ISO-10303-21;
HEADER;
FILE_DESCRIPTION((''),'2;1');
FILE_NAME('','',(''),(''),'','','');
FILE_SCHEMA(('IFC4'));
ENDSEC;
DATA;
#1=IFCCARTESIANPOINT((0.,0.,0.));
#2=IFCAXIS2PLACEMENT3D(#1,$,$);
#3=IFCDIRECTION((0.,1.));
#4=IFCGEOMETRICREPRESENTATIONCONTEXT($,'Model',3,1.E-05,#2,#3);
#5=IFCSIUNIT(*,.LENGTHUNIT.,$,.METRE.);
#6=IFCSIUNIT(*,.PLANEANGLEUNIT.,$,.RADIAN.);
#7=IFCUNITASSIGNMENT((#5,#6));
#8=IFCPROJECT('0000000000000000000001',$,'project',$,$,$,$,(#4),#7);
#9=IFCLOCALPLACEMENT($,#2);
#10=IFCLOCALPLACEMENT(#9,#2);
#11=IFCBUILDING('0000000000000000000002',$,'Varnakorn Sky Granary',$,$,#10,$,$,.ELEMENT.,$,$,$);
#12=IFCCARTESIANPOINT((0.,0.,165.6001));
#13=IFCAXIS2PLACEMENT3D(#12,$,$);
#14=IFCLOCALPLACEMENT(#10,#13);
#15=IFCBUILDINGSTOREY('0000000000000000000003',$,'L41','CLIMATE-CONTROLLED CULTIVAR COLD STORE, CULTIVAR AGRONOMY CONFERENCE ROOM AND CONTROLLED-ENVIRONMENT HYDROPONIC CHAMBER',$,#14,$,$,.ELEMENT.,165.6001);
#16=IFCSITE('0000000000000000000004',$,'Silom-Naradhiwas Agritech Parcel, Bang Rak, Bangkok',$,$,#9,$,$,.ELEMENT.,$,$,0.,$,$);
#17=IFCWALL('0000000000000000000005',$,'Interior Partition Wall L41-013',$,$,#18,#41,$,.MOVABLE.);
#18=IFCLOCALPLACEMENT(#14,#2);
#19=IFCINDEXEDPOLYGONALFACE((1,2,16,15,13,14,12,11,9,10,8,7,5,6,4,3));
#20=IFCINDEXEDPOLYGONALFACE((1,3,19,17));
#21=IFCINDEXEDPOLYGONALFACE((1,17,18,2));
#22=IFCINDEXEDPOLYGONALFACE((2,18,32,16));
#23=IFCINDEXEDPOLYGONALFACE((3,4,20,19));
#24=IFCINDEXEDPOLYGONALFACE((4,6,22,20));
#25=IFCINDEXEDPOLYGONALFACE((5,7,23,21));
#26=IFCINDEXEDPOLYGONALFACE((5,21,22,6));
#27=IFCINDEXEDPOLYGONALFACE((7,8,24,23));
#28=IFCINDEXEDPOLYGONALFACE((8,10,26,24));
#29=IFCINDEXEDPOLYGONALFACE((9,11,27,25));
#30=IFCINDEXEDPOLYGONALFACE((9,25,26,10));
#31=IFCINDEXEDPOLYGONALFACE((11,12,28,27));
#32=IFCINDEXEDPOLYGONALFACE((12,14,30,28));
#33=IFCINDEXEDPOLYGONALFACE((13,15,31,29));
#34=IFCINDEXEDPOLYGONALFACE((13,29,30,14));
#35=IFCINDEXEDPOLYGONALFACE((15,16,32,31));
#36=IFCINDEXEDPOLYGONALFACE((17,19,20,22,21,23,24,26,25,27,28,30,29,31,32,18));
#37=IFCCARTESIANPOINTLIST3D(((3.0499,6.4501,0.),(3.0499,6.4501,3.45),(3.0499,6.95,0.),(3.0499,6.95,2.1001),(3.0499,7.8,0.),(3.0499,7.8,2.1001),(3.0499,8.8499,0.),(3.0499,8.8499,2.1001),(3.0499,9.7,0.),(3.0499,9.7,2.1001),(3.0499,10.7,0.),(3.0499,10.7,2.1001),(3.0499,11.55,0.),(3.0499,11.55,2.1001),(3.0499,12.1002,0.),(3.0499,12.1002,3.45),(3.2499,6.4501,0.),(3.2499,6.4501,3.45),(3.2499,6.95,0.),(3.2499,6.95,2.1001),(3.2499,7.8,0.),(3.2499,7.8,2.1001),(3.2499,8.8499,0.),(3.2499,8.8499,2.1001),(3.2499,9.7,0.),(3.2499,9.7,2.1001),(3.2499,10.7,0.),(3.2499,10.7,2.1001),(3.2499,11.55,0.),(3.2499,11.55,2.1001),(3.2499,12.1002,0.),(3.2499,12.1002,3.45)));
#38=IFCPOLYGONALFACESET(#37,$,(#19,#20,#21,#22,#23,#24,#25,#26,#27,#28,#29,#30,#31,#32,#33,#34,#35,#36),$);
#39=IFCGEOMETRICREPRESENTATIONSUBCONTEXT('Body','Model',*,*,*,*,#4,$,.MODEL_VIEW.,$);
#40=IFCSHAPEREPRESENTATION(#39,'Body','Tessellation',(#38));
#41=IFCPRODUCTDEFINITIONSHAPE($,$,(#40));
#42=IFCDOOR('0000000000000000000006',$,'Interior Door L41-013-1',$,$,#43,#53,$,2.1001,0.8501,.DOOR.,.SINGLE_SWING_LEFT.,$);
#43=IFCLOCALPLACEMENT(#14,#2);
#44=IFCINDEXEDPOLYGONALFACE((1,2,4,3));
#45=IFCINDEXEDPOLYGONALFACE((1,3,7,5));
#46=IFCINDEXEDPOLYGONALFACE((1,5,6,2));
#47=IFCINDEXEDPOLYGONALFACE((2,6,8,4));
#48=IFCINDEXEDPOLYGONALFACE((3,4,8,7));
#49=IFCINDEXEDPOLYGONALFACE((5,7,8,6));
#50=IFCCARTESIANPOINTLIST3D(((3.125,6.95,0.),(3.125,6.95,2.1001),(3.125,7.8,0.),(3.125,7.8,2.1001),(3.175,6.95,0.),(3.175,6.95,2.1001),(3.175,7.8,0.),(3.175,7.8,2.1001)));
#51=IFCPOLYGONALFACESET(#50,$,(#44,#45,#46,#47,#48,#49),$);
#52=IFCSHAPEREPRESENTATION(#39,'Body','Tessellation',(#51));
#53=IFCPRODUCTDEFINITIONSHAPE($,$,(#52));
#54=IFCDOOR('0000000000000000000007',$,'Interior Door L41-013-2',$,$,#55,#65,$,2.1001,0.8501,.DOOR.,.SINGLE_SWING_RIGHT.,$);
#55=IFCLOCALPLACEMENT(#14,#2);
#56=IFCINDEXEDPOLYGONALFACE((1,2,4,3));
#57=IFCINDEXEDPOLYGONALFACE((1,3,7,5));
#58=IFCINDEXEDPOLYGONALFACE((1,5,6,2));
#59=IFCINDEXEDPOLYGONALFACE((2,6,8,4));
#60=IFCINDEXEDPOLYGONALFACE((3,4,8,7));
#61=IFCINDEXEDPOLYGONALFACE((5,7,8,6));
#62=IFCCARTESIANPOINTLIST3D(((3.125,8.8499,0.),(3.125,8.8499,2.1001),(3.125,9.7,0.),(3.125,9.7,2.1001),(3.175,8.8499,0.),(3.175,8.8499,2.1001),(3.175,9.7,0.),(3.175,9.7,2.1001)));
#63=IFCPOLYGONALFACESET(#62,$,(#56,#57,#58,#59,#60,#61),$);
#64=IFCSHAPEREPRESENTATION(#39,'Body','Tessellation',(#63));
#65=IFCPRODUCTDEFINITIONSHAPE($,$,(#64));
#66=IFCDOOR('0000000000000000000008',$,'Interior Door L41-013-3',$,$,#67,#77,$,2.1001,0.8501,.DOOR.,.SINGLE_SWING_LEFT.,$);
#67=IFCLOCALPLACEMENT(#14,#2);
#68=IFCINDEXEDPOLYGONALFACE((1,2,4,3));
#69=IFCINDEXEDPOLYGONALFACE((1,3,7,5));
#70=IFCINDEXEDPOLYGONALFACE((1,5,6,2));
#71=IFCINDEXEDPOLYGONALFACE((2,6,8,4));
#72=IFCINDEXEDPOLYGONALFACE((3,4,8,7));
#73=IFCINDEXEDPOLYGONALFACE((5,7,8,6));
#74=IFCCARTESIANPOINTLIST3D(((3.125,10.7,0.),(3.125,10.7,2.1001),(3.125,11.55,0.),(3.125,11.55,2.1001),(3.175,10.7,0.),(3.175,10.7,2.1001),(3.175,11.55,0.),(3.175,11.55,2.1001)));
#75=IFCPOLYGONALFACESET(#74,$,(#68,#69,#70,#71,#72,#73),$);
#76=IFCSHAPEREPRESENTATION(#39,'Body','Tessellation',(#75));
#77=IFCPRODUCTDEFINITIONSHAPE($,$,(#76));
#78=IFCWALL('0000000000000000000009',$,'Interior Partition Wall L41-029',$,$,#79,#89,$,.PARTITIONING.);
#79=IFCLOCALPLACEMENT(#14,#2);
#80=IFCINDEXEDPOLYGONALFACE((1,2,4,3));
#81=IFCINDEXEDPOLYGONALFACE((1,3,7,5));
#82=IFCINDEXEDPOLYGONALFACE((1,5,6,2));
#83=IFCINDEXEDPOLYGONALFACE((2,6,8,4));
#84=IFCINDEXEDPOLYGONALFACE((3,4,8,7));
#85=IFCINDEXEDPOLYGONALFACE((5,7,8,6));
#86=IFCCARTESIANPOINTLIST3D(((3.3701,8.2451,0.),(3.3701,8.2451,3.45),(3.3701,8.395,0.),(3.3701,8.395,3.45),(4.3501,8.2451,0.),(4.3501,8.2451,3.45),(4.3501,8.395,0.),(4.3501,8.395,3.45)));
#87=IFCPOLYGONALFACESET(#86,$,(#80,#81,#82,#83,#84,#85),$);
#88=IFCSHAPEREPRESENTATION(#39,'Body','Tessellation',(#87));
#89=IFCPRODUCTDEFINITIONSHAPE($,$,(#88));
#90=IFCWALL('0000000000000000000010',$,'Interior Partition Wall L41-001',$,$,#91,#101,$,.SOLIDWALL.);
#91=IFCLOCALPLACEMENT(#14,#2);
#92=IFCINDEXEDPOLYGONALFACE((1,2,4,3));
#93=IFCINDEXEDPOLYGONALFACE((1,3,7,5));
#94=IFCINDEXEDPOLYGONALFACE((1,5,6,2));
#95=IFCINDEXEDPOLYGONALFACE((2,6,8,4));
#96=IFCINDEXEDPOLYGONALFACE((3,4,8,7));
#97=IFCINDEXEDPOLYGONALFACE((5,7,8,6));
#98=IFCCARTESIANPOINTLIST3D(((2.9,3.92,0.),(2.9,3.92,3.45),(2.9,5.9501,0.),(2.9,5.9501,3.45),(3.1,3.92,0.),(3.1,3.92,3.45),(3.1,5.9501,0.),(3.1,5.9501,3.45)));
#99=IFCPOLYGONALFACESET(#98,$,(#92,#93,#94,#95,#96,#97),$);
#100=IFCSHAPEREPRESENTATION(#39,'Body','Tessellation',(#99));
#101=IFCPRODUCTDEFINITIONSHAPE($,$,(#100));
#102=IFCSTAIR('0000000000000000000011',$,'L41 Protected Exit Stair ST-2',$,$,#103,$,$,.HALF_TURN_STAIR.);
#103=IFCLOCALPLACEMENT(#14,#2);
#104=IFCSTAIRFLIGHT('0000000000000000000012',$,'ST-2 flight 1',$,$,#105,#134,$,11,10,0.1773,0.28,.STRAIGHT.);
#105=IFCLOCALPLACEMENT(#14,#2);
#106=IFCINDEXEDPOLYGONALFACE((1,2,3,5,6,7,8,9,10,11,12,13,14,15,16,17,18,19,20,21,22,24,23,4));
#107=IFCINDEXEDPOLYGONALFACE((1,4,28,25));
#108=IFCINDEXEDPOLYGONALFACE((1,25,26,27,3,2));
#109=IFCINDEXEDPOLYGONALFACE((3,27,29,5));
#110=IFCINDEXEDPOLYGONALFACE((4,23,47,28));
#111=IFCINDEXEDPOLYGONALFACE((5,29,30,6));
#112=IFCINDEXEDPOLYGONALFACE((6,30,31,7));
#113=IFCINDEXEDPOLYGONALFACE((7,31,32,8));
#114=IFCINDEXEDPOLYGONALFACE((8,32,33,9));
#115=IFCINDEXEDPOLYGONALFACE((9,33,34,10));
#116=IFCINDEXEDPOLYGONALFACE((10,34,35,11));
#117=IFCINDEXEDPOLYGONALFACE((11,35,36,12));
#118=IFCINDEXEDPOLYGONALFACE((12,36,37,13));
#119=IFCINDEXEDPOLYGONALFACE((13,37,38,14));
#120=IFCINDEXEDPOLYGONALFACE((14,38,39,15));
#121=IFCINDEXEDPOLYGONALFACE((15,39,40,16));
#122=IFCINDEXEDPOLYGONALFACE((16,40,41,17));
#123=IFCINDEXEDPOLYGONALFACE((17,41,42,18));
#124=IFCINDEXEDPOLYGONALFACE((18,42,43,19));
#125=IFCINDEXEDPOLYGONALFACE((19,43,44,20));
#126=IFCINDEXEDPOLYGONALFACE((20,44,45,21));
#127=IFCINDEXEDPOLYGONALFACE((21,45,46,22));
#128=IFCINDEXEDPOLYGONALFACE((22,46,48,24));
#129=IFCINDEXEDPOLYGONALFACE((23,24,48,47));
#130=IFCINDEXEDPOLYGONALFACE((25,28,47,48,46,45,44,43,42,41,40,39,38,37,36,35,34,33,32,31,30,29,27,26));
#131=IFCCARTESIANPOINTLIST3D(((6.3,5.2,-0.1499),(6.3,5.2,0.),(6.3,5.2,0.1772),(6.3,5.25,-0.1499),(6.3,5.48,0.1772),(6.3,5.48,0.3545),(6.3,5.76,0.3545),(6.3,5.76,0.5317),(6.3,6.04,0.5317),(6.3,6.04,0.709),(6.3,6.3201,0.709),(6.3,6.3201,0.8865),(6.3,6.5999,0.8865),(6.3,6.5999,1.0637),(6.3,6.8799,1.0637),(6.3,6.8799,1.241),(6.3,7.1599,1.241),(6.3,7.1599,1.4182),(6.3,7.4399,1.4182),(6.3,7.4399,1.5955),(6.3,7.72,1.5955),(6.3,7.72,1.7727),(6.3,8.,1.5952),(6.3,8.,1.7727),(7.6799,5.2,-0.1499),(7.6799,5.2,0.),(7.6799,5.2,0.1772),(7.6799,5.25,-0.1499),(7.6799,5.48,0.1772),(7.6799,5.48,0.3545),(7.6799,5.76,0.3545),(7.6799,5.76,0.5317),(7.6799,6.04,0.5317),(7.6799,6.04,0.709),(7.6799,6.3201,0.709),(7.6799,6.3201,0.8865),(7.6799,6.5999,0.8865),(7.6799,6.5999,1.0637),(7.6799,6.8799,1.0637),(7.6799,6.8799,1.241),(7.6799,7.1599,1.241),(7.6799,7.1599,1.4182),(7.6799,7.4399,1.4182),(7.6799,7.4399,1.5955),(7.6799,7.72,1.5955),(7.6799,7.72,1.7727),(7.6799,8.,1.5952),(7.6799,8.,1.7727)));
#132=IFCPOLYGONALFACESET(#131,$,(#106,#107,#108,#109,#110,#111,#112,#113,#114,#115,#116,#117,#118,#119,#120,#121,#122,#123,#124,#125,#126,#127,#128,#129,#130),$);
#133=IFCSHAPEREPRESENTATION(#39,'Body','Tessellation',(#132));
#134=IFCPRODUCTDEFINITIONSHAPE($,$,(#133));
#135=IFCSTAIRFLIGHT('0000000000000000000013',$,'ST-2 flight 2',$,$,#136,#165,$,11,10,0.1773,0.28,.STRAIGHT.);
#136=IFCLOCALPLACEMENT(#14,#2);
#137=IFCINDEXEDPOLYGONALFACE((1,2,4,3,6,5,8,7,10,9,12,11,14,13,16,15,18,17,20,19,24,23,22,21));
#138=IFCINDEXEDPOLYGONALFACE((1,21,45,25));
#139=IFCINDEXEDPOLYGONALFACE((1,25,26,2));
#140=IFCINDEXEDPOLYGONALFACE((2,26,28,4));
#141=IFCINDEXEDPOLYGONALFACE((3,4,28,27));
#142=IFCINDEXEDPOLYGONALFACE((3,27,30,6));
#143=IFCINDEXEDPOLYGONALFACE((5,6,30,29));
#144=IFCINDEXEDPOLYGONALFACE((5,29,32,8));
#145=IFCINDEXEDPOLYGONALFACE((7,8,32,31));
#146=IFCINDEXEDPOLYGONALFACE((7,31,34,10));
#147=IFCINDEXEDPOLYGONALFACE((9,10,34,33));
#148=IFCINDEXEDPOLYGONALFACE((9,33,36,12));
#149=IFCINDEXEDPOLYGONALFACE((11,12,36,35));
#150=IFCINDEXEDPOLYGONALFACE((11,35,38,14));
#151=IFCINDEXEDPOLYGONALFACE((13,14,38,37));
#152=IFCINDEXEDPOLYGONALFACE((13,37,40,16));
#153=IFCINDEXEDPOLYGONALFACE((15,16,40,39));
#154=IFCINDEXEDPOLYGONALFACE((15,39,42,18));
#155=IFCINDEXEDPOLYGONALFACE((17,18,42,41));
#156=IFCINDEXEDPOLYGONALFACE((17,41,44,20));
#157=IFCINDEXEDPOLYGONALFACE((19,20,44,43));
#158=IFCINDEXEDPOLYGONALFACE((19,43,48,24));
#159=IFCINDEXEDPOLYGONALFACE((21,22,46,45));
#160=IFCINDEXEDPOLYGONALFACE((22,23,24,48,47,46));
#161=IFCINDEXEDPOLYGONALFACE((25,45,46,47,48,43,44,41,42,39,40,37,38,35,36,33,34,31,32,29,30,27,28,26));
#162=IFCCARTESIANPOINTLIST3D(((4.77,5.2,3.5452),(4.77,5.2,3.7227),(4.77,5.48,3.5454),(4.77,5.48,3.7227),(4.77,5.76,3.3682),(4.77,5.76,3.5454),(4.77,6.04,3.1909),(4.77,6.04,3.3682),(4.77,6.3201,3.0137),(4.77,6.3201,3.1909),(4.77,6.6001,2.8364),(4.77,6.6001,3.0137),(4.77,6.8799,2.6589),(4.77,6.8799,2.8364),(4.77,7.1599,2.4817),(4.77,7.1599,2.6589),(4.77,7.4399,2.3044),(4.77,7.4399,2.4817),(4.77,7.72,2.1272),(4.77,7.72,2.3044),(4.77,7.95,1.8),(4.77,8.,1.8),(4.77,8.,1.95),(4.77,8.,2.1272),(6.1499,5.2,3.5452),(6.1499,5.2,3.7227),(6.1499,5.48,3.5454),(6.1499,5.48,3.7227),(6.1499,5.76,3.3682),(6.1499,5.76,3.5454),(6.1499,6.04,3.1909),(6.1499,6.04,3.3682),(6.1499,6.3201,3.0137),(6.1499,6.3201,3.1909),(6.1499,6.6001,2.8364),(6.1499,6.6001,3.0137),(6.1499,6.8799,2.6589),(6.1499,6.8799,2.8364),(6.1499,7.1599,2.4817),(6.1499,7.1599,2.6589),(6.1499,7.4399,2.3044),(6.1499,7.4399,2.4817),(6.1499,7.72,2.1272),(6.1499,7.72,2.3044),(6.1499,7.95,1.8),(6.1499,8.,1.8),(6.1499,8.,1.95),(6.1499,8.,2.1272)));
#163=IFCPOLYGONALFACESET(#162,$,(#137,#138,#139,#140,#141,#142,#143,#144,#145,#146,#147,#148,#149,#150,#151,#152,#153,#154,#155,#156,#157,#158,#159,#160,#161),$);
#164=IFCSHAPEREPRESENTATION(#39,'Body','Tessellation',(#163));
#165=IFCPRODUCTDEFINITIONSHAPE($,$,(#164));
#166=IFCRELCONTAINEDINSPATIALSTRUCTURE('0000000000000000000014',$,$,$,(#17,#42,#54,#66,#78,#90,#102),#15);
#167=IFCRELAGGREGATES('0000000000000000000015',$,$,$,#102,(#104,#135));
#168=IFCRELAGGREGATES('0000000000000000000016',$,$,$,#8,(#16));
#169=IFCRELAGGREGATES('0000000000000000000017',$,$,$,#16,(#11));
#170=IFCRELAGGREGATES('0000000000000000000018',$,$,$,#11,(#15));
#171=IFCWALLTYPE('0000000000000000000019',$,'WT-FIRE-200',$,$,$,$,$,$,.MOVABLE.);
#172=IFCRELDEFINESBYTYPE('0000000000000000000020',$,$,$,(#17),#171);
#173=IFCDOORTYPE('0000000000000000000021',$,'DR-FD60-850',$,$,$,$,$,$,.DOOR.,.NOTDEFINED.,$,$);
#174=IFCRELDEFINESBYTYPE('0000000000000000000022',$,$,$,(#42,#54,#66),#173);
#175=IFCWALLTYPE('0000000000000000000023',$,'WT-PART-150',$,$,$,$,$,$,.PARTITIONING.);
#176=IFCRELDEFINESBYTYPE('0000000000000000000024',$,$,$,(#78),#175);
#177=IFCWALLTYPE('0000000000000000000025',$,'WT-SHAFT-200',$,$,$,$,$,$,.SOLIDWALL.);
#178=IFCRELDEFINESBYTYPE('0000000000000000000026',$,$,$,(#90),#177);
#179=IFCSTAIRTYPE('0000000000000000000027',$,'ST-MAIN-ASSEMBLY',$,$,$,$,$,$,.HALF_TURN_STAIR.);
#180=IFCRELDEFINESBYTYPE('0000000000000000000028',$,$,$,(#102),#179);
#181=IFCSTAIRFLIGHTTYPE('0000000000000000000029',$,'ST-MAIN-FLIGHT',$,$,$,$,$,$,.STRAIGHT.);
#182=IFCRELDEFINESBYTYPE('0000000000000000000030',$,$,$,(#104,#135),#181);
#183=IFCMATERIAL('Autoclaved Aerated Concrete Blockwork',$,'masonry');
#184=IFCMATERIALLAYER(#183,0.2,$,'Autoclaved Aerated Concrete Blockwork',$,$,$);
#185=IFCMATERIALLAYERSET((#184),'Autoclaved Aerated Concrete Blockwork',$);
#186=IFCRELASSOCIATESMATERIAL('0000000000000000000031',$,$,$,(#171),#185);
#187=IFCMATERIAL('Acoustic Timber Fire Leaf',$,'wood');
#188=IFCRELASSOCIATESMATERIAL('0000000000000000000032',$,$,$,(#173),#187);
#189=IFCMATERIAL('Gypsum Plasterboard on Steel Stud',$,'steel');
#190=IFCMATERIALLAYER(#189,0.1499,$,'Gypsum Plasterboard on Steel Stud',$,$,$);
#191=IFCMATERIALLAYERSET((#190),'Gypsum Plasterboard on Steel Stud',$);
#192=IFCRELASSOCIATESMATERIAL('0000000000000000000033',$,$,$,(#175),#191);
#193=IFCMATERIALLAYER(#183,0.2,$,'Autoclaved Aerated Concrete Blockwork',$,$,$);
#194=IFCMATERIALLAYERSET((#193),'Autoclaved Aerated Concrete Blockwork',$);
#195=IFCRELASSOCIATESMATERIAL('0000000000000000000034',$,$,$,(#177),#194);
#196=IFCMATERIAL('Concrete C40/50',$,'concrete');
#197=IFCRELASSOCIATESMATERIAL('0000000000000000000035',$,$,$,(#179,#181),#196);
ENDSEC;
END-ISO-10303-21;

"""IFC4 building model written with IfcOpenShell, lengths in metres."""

from ifc_helpers import new_model, si_unit, direction, frame, frame_2d, origin, place, context, subcontext, project, spatial, polyline, rectangle, outline, extrude, material, layer, layer_set, type_object, element, fill, aggregate, save


model = new_model("IFC4")

# Units and contexts
model_context = context("Model", 3, precision=1e-05, world=origin(), true_north=direction((0.0, 1.0)))
body_context = subcontext(model_context, "Body", "Model", "MODEL_VIEW")
ifc_project = project(units=[si_unit("LENGTHUNIT", "METRE"), si_unit("PLANEANGLEUNIT", "RADIAN")], contexts=[model_context])

# Site, building, storey
site_placement = place(None, origin())
site = spatial("IfcSite", under=ifc_project, at=site_placement, Name="Silom-Naradhiwas Agritech Parcel, Bang Rak, Bangkok", CompositionType="ELEMENT", RefElevation=0.0)
building_placement = place(site_placement, origin())
building = spatial("IfcBuilding", under=site, at=building_placement, Name="Varnakorn Sky Granary", CompositionType="ELEMENT")
storey_placement = place(building_placement, frame((0.0, 0.0, 165.6001)))
storey = spatial("IfcBuildingStorey", under=building, at=storey_placement, Name="L41", Description="CLIMATE-CONTROLLED CULTIVAR COLD STORE, CULTIVAR AGRONOMY CONFERENCE ROOM AND CONTROLLED-ENVIRONMENT HYDROPONIC CHAMBER", CompositionType="ELEMENT", Elevation=165.6001)

# Wall, openings, doors
ifc_material_1 = material(Name="Autoclaved Aerated Concrete Blockwork", Category="masonry")
ifc_layer_1 = layer(ifc_material_1, 0.2, Name="Autoclaved Aerated Concrete Blockwork")
ifc_layer_set_1 = layer_set([ifc_layer_1], Name="Autoclaved Aerated Concrete Blockwork")
wall_type_1 = type_object("IfcWallType", Name="WT-FIRE-200", PredefinedType="MOVABLE", material=ifc_layer_set_1)
wall_1_placement = place(storey_placement, frame((3.1499, 6.45, 0.0), z_axis=(0.0, 0.0, 1.0), x_axis=(0.0, 1.0, 0.0)))
wall_1 = element("IfcWall", 1, at=wall_1_placement, inside=storey, type_object=wall_type_1, Name="Interior Partition Wall L41-013", PredefinedType="MOVABLE", context=body_context, shape_type="SweptSolid", body=[
    extrude(rectangle(XDim=5.6501, YDim=0.2, at=frame_2d((2.8252, 0.0))), origin(), (0.0, 0.0, 1.0), 3.45),
])
opening_1_placement = place(wall_1_placement, frame((0.5, 0.0, 0.0)))
opening_1 = element("IfcOpeningElement", 2, at=opening_1_placement, cuts=wall_1, PredefinedType="OPENING", context=body_context, shape_type="SweptSolid", body=[
    extrude(rectangle(XDim=0.8501, YDim=2.1001, at=frame_2d((0.425, 1.05))), frame((0.0, 0.1099, 0.0), z_axis=(0.0, -1.0, 0.0), x_axis=(1.0, 0.0, 0.0)), (0.0, 0.0, 1.0), 0.22),
])
opening_2_placement = place(wall_1_placement, frame((2.3999, 0.0, 0.0)))
opening_2 = element("IfcOpeningElement", 3, at=opening_2_placement, cuts=wall_1, PredefinedType="OPENING", context=body_context, shape_type="SweptSolid", body=[
    extrude(rectangle(XDim=0.8501, YDim=2.1001, at=frame_2d((0.425, 1.05))), frame((0.0, 0.1099, 0.0), z_axis=(0.0, -1.0, 0.0), x_axis=(1.0, 0.0, 0.0)), (0.0, 0.0, 1.0), 0.22),
])
opening_3_placement = place(wall_1_placement, frame((4.25, 0.0, 0.0)))
opening_3 = element("IfcOpeningElement", 4, at=opening_3_placement, cuts=wall_1, PredefinedType="OPENING", context=body_context, shape_type="SweptSolid", body=[
    extrude(rectangle(XDim=0.8501, YDim=2.1001, at=frame_2d((0.425, 1.05))), frame((0.0, 0.1099, 0.0), z_axis=(0.0, -1.0, 0.0), x_axis=(1.0, 0.0, 0.0)), (0.0, 0.0, 1.0), 0.22),
])
ifc_material_2 = material(Name="Acoustic Timber Fire Leaf", Category="wood")
door_type = type_object("IfcDoorType", Name="DR-FD60-850", OperationType="NOTDEFINED", PredefinedType="DOOR", material=ifc_material_2)
door_1_placement = place(opening_1_placement, origin())
door_1 = element("IfcDoor", 5, at=door_1_placement, inside=storey, type_object=door_type, Name="Interior Door L41-013-1", OperationType="SINGLE_SWING_LEFT", OverallHeight=2.1001, OverallWidth=0.8501, PredefinedType="DOOR", context=body_context, shape_type="SweptSolid", body=[
    extrude(rectangle(XDim=0.8501, YDim=2.1001, at=frame_2d((0.425, 1.05))), frame((0.0, 0.0249, 0.0), z_axis=(0.0, -1.0, 0.0), x_axis=(1.0, 0.0, 0.0)), (0.0, 0.0, 1.0), 0.05),
])
fill(opening_1, door_1)
door_2_placement = place(opening_2_placement, origin())
door_2 = element("IfcDoor", 6, at=door_2_placement, inside=storey, type_object=door_type, Name="Interior Door L41-013-2", OperationType="SINGLE_SWING_RIGHT", OverallHeight=2.1001, OverallWidth=0.8501, PredefinedType="DOOR", context=body_context, shape_type="SweptSolid", body=[
    extrude(rectangle(XDim=0.8501, YDim=2.1001, at=frame_2d((0.425, 1.05))), frame((0.0, 0.0249, 0.0), z_axis=(0.0, -1.0, 0.0), x_axis=(1.0, 0.0, 0.0)), (0.0, 0.0, 1.0), 0.05),
])
fill(opening_2, door_2)
door_3_placement = place(opening_3_placement, origin())
door_3 = element("IfcDoor", 7, at=door_3_placement, inside=storey, type_object=door_type, Name="Interior Door L41-013-3", OperationType="SINGLE_SWING_LEFT", OverallHeight=2.1001, OverallWidth=0.8501, PredefinedType="DOOR", context=body_context, shape_type="SweptSolid", body=[
    extrude(rectangle(XDim=0.8501, YDim=2.1001, at=frame_2d((0.425, 1.05))), frame((0.0, 0.0249, 0.0), z_axis=(0.0, -1.0, 0.0), x_axis=(1.0, 0.0, 0.0)), (0.0, 0.0, 1.0), 0.05),
])
fill(opening_3, door_3)

# Walls
ifc_material_3 = material(Name="Gypsum Plasterboard on Steel Stud", Category="steel")
ifc_layer_2 = layer(ifc_material_3, 0.1499, Name="Gypsum Plasterboard on Steel Stud")
ifc_layer_set_2 = layer_set([ifc_layer_2], Name="Gypsum Plasterboard on Steel Stud")
wall_type_2 = type_object("IfcWallType", Name="WT-PART-150", PredefinedType="PARTITIONING", material=ifc_layer_set_2)
wall_2_placement = place(storey_placement, frame((3.3701, 8.3201, 0.0), z_axis=(0.0, 0.0, 1.0), x_axis=(1.0, 0.0, 0.0)))
element("IfcWall", 8, at=wall_2_placement, inside=storey, type_object=wall_type_2, Name="Interior Partition Wall L41-029", PredefinedType="PARTITIONING", context=body_context, shape_type="SweptSolid", body=[
    extrude(rectangle(XDim=0.98, YDim=0.1499, at=frame_2d((0.49, 0.0))), origin(), (0.0, 0.0, 1.0), 3.45),
])
ifc_layer_3 = layer(ifc_material_1, 0.2, Name="Autoclaved Aerated Concrete Blockwork")
ifc_layer_set_3 = layer_set([ifc_layer_3], Name="Autoclaved Aerated Concrete Blockwork")
wall_type_3 = type_object("IfcWallType", Name="WT-SHAFT-200", PredefinedType="SOLIDWALL", material=ifc_layer_set_3)
wall_3_placement = place(storey_placement, frame((3.0, 3.9199, 0.0), z_axis=(0.0, 0.0, 1.0), x_axis=(0.0, 1.0, 0.0)))
element("IfcWall", 9, at=wall_3_placement, inside=storey, type_object=wall_type_3, Name="Interior Partition Wall L41-001", PredefinedType="SOLIDWALL", context=body_context, shape_type="SweptSolid", body=[
    extrude(rectangle(XDim=2.03, YDim=0.2, at=frame_2d((1.0151, 0.0))), origin(), (0.0, 0.0, 1.0), 3.45),
])

# Stair, stair flights
ifc_material_4 = material(Name="Concrete C40/50", Category="concrete")
stair_type = type_object("IfcStairType", Name="ST-MAIN-ASSEMBLY", PredefinedType="HALF_TURN_STAIR", material=ifc_material_4)
stair_placement = place(storey_placement, origin())
stair = element("IfcStair", 10, at=stair_placement, inside=storey, type_object=stair_type, Name="L41 Protected Exit Stair ST-2", PredefinedType="HALF_TURN_STAIR")
stair_flight_type = type_object("IfcStairFlightType", Name="ST-MAIN-FLIGHT", PredefinedType="STRAIGHT", material=ifc_material_4)
stair_flight_1_placement = place(storey_placement, frame((6.99, 5.2, 0.0), z_axis=(0.0, 0.0, 1.0), x_axis=(0.0, 1.0, 0.0)))
stair_flight_1 = element("IfcStairFlight", 11, at=stair_flight_1_placement, type_object=stair_flight_type, Name="ST-2 flight 1", NumberOfRisers=11, NumberOfTreads=10, PredefinedType="STRAIGHT", RiserHeight=0.1773, TreadLength=0.28, context=body_context, shape_type="SweptSolid", body=[
    extrude(outline(polyline([(0.0, -0.1499), (0.0, 0.0), (0.0, 0.1772), (0.28, 0.1772), (0.28, 0.3545), (0.5601, 0.3545), (0.5601, 0.5317), (0.8401, 0.5317), (0.8401, 0.709), (1.1201, 0.709), (1.1201, 0.8865), (1.3999, 0.8865), (1.3999, 1.0637), (1.6799, 1.0637), (1.6799, 1.241), (1.96, 1.241), (1.96, 1.4182), (2.24, 1.4182), (2.24, 1.5955), (2.52, 1.5955), (2.52, 1.7727), (2.8, 1.7727), (2.8, 1.95), (2.8, 1.5952), (0.05, -0.1499), (0.0, -0.1499)])), frame((0.0, 0.6899, 0.0), z_axis=(0.0, -1.0, 0.0), x_axis=(1.0, 0.0, 0.0)), (0.0, 0.0, 1.0), 1.3799),
])
stair_flight_2_placement = place(storey_placement, frame((5.46, 8.0, 1.95), z_axis=(0.0, 0.0, 1.0), x_axis=(0.0, -1.0, 0.0)))
stair_flight_2 = element("IfcStairFlight", 12, at=stair_flight_2_placement, type_object=stair_flight_type, Name="ST-2 flight 2", NumberOfRisers=11, NumberOfTreads=10, PredefinedType="STRAIGHT", RiserHeight=0.1773, TreadLength=0.28, context=body_context, shape_type="SweptSolid", body=[
    extrude(outline(polyline([(0.0, -0.1499), (0.0, 0.0), (0.0, 0.1772), (0.28, 0.1772), (0.28, 0.3545), (0.5601, 0.3545), (0.5601, 0.5317), (0.8401, 0.5317), (0.8401, 0.709), (1.1201, 0.709), (1.1201, 0.8865), (1.3999, 0.8865), (1.3999, 1.0637), (1.6799, 1.0637), (1.6799, 1.241), (1.96, 1.241), (1.96, 1.4182), (2.24, 1.4182), (2.24, 1.5955), (2.52, 1.5955), (2.52, 1.7727), (2.8, 1.7727), (2.8, 1.95), (2.8, 1.5952), (0.05, -0.1499), (0.0, -0.1499)])), frame((0.0, 0.6899, 0.0), z_axis=(0.0, -1.0, 0.0), x_axis=(1.0, 0.0, 0.0)), (0.0, 0.0, 1.0), 1.3799),
])
aggregate(stair, [stair_flight_1, stair_flight_2])

save(model, "model.ifc")
